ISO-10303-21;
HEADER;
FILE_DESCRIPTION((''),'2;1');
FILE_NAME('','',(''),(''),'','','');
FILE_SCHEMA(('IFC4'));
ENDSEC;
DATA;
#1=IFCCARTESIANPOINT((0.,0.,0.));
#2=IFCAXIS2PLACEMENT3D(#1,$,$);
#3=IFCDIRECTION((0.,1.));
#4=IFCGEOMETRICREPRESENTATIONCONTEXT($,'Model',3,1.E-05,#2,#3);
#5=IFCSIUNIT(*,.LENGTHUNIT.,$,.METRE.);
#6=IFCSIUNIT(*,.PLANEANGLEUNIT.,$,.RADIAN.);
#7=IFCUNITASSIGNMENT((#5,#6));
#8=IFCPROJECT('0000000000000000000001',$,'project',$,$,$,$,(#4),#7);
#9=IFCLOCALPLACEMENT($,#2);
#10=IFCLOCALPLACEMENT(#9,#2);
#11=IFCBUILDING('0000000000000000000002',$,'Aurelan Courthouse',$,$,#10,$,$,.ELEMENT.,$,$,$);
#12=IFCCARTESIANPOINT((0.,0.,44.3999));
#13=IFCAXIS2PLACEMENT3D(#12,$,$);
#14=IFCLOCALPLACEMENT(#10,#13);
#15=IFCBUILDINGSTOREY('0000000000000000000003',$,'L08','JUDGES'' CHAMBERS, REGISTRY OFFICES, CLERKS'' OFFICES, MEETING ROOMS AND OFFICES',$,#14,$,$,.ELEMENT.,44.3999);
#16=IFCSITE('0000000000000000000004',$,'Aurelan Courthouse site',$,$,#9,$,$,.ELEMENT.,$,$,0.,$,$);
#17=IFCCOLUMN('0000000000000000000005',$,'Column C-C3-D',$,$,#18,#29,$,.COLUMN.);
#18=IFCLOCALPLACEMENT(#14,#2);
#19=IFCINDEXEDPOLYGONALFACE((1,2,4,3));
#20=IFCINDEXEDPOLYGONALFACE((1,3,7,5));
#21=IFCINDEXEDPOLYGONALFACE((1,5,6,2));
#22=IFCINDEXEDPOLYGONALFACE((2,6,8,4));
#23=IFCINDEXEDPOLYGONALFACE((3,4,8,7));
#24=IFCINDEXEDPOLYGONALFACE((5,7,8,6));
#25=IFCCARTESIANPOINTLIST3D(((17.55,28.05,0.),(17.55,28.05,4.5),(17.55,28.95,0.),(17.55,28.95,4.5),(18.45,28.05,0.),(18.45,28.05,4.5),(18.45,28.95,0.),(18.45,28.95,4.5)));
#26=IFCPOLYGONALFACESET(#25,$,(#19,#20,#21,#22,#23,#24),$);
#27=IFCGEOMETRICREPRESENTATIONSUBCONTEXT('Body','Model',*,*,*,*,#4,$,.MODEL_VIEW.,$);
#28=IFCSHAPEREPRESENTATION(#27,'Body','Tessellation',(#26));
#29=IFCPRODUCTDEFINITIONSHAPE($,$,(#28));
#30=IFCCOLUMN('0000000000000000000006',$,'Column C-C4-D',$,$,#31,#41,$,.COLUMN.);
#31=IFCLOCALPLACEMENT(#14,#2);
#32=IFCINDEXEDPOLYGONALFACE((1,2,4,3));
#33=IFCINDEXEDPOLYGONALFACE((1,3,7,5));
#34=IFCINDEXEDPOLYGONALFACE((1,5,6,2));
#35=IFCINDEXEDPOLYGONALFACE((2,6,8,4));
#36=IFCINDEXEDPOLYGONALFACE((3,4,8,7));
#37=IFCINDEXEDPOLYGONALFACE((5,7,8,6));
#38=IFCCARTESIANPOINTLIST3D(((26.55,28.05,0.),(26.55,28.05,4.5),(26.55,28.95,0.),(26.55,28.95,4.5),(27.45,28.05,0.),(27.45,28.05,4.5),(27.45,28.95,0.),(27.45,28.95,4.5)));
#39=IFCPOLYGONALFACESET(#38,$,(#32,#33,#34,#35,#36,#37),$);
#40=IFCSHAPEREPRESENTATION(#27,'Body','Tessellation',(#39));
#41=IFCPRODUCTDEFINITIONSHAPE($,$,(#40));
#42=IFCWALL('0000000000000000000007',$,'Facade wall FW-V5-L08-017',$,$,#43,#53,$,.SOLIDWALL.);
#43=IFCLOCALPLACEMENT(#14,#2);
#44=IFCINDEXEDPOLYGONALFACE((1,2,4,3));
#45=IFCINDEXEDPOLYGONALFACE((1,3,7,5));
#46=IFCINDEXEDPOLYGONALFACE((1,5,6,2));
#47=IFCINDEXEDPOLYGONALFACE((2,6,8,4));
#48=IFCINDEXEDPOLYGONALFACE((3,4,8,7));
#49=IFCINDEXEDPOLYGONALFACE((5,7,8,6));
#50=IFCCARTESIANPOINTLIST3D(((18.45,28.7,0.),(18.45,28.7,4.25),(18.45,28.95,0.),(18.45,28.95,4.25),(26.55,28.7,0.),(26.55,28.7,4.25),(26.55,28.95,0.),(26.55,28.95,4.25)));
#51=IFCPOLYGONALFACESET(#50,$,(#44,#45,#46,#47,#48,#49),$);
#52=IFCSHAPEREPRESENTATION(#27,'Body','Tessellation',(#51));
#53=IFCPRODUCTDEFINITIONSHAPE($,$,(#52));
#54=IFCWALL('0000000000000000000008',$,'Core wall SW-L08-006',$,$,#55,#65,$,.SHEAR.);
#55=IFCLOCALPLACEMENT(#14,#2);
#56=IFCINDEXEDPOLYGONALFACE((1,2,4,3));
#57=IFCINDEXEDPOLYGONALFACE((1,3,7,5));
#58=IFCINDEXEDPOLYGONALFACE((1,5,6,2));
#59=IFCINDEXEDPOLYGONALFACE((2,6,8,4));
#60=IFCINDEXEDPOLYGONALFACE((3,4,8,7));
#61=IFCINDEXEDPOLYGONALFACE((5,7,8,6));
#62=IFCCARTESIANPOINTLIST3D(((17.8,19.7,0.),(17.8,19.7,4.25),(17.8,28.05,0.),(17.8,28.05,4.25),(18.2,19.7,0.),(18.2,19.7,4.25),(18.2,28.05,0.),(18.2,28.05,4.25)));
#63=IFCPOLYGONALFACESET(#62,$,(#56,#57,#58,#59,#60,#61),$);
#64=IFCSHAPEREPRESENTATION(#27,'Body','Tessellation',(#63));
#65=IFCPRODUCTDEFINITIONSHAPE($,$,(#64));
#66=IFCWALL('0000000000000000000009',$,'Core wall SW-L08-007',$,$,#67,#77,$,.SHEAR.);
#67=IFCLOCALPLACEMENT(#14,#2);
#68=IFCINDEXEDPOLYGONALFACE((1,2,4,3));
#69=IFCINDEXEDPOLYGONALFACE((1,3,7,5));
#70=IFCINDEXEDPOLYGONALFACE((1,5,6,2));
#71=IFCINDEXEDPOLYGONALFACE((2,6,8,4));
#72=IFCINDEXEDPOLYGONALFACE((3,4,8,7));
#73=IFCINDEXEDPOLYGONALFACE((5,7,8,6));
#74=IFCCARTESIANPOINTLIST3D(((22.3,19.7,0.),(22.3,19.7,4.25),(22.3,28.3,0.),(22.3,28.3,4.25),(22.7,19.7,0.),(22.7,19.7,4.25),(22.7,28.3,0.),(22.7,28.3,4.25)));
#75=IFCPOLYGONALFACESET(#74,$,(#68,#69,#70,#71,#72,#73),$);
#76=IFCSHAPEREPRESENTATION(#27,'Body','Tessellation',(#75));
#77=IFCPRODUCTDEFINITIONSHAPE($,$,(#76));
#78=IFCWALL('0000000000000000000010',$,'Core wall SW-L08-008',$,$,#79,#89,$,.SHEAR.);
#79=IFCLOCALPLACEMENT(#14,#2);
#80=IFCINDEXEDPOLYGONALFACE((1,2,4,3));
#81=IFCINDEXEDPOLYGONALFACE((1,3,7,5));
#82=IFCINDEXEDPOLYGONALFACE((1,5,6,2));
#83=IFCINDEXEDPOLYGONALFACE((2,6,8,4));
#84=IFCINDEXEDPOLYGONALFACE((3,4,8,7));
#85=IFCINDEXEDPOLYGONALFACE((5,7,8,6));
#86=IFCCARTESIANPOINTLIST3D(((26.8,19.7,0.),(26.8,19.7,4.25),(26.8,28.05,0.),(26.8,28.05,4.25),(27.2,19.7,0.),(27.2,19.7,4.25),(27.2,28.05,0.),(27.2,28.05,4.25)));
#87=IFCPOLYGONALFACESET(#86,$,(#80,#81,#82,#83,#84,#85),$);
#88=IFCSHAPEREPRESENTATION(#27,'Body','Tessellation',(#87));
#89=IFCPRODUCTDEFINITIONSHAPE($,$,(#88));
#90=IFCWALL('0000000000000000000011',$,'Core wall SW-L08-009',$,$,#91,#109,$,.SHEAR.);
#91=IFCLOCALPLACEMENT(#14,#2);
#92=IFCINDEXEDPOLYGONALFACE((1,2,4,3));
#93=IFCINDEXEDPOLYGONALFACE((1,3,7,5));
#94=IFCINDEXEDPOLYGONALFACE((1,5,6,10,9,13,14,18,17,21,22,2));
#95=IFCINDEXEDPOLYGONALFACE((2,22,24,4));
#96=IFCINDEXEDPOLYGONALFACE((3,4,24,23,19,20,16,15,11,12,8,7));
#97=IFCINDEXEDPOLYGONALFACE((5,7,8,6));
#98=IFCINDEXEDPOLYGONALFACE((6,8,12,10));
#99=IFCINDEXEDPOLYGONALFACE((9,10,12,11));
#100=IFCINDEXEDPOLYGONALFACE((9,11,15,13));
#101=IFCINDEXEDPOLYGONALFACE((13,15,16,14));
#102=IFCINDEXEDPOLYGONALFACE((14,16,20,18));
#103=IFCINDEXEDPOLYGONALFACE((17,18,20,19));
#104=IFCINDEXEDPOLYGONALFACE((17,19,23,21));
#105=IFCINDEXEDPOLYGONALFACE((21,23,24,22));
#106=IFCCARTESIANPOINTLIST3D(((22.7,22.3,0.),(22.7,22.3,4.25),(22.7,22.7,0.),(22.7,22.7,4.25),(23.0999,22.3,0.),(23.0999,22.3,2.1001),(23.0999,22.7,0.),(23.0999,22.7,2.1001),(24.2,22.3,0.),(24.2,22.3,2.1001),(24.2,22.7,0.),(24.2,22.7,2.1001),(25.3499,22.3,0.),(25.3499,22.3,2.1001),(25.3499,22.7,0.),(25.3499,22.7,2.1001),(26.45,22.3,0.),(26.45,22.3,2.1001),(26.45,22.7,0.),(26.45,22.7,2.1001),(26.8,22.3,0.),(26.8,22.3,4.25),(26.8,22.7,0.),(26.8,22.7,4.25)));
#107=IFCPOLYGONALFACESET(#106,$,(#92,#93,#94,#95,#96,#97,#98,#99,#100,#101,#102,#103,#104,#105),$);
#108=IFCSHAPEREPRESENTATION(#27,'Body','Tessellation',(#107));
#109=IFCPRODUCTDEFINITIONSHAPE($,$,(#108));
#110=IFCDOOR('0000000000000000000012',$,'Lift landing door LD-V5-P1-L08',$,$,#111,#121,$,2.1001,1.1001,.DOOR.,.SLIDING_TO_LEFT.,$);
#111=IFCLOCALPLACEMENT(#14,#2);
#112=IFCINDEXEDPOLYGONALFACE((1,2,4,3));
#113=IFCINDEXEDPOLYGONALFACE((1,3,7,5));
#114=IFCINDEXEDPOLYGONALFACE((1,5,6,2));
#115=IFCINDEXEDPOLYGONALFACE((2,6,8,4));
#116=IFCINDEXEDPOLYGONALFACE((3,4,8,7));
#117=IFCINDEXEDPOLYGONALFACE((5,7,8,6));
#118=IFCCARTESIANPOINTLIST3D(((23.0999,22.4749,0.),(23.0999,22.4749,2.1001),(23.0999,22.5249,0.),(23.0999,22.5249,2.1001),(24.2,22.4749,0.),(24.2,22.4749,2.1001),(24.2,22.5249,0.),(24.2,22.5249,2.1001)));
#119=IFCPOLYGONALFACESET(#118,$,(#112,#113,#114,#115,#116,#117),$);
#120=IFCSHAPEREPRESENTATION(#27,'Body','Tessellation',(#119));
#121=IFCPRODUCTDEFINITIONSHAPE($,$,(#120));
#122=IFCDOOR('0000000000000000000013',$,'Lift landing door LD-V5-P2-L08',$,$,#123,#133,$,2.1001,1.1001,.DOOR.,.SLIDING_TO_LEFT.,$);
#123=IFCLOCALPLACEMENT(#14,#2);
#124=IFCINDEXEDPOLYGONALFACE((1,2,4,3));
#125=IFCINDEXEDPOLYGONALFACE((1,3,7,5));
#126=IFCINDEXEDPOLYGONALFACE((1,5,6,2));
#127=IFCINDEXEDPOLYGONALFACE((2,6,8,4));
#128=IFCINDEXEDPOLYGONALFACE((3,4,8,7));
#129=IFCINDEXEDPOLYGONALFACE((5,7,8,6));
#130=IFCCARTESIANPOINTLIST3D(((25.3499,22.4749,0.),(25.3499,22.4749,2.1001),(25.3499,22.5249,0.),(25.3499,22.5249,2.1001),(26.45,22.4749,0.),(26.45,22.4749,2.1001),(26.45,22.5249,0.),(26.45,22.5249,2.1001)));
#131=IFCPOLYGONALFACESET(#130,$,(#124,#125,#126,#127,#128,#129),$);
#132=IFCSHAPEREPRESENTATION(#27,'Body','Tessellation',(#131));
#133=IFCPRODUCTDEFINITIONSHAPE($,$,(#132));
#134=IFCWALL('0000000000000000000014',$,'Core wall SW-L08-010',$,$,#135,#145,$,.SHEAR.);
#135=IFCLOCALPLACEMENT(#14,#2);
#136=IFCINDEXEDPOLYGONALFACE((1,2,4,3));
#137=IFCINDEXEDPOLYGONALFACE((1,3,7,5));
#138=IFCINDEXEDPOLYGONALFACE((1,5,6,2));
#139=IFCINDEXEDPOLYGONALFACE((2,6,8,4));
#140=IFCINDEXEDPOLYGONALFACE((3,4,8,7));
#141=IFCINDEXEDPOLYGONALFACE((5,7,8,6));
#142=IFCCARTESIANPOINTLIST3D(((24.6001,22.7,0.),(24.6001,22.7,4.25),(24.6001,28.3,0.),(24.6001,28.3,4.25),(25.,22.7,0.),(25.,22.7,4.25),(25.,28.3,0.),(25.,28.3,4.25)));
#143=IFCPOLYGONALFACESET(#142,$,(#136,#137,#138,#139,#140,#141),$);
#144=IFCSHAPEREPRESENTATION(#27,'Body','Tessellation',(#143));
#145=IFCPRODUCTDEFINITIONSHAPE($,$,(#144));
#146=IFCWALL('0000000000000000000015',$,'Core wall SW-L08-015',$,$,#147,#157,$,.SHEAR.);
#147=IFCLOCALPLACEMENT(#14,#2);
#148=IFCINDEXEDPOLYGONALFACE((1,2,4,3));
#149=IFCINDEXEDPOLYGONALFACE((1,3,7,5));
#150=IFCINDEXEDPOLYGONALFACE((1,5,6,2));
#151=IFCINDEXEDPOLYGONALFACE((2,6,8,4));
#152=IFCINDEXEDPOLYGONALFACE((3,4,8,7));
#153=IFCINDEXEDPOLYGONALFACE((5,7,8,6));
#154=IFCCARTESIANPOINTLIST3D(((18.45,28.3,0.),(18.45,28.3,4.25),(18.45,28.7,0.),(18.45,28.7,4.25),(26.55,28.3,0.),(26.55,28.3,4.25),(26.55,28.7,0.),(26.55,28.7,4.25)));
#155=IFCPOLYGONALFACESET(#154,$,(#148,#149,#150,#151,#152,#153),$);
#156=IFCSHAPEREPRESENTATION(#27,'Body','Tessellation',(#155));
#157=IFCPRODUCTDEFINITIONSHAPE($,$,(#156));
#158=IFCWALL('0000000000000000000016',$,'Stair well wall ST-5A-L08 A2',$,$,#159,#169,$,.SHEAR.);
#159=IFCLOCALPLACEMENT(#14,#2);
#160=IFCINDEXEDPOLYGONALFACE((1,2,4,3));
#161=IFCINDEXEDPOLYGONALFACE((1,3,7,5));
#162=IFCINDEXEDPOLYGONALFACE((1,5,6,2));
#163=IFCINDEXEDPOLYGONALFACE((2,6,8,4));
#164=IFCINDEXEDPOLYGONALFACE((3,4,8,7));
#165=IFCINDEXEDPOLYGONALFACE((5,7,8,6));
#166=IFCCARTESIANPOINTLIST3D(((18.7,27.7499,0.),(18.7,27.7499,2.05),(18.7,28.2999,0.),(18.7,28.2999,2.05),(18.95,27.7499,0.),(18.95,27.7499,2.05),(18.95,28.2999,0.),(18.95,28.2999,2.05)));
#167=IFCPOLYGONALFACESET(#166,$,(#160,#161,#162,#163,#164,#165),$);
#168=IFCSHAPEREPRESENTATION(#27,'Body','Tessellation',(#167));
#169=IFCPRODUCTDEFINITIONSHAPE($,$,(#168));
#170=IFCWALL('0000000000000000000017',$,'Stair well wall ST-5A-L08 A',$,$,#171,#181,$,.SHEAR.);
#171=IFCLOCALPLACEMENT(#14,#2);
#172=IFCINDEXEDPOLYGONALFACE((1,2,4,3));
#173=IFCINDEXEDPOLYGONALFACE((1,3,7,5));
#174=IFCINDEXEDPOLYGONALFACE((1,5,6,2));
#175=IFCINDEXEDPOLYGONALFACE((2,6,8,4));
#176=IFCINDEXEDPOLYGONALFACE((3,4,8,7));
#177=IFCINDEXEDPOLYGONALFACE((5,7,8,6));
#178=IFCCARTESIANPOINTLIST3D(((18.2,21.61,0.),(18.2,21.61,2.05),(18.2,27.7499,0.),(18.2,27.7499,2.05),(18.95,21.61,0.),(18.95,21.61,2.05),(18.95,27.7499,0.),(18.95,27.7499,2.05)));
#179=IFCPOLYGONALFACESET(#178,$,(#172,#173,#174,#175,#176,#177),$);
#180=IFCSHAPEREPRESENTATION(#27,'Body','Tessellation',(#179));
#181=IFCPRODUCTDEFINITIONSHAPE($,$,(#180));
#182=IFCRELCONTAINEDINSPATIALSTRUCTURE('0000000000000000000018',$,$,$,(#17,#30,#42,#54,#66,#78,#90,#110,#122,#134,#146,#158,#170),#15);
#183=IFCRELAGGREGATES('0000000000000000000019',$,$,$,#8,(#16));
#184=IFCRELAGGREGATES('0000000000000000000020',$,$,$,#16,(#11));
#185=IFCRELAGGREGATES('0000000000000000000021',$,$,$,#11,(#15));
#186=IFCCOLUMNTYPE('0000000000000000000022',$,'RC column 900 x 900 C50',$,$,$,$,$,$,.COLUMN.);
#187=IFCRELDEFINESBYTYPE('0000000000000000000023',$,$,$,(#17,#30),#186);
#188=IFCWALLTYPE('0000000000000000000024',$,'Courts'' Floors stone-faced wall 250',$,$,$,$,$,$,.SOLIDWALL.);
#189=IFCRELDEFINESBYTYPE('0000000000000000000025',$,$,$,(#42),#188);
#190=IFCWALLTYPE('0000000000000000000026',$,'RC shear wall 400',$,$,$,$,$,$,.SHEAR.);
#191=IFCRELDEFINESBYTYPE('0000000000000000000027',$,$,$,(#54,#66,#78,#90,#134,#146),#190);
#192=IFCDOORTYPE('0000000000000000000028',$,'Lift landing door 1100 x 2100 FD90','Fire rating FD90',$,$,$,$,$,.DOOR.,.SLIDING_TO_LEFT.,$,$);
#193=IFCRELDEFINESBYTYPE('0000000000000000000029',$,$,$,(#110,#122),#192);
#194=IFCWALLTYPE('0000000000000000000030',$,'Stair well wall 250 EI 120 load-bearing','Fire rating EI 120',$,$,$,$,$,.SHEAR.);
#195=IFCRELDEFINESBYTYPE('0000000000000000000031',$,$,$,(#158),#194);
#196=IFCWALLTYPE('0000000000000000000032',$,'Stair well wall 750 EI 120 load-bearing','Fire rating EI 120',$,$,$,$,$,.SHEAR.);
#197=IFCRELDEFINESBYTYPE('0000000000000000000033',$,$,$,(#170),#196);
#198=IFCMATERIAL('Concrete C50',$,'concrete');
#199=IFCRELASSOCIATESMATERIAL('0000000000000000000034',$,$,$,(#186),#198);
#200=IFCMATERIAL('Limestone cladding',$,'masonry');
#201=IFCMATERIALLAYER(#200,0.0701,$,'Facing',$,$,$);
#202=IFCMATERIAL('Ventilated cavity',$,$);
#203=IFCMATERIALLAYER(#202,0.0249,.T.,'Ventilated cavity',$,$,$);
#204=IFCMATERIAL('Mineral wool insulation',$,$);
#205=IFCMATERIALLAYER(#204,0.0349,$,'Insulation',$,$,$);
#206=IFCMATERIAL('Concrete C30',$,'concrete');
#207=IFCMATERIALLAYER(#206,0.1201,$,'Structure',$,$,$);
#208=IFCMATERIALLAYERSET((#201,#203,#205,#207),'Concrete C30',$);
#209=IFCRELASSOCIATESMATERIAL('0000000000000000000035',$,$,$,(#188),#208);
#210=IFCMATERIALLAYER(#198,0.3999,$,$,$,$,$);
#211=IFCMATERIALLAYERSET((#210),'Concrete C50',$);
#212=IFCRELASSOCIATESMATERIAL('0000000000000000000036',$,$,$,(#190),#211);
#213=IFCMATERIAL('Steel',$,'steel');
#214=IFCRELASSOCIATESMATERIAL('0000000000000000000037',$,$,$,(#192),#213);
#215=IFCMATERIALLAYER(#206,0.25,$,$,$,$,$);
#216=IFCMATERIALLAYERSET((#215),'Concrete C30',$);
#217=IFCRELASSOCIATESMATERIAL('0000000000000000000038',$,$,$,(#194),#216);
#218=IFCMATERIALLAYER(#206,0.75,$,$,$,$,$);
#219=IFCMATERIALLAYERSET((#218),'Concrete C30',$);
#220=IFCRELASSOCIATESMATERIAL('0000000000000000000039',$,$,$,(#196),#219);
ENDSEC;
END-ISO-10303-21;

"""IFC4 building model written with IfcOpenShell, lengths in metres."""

from ifc_helpers import new_model, si_unit, direction, frame, frame_2d, origin, origin_2d, place, context, subcontext, project, spatial, rectangle, extrude, material, layer, layer_set, material_profile, profile_set, type_object, element, fill, save


model = new_model("IFC4")

# Units and contexts
model_context = context("Model", 3, precision=1e-05, world=origin(), true_north=direction((0.0, 1.0)))
body_context = subcontext(model_context, "Body", "Model", "MODEL_VIEW")
ifc_project = project(units=[si_unit("LENGTHUNIT", "METRE"), si_unit("PLANEANGLEUNIT", "RADIAN")], contexts=[model_context])

# Site, building, storey
site_placement = place(None, origin())
site = spatial("IfcSite", under=ifc_project, at=site_placement, Name="Aurelan Courthouse site", CompositionType="ELEMENT", RefElevation=0.0)
building_placement = place(site_placement, origin())
building = spatial("IfcBuilding", under=site, at=building_placement, Name="Aurelan Courthouse", CompositionType="ELEMENT")
storey_placement = place(building_placement, frame((0.0, 0.0, 44.3999)))
storey = spatial("IfcBuildingStorey", under=building, at=storey_placement, Name="L08", Description="JUDGES' CHAMBERS, REGISTRY OFFICES, CLERKS' OFFICES, MEETING ROOMS AND OFFICES", CompositionType="ELEMENT", Elevation=44.3999)

# Columns
ifc_material_1 = material(Name="Concrete C50", Category="concrete")
ifc_material_profile = material_profile(ifc_material_1, rectangle(XDim=0.8999, YDim=0.8999, at=origin_2d()), Name="RC 900 x 900")
ifc_profile_set = profile_set([ifc_material_profile], Name="Concrete C50")
column_type = type_object("IfcColumnType", Name="RC column 900 x 900 C50", PredefinedType="COLUMN", material=ifc_profile_set)
for number, where, z_axis, x_axis, name in (
    (1, (18.0, 28.5, 0.0), (0.0, 0.0, 1.0), (1.0, 0.0, 0.0), "Column C-C3-D"),
    (2, (27.0, 28.5, 0.0), (0.0, 0.0, 1.0), (1.0, 0.0, 0.0), "Column C-C4-D"),
):
    element("IfcColumn", number, at=place(storey_placement, frame(where, z_axis=z_axis, x_axis=x_axis)), inside=storey, type_object=column_type, Name=name, PredefinedType="COLUMN", context=body_context, shape_type="SweptSolid", body=[
        extrude(rectangle(XDim=0.8999, YDim=0.8999, at=origin_2d()), origin(), (0.0, 0.0, 1.0), 4.5),
    ])

# Walls
ifc_material_2 = material(Name="Limestone cladding", Category="masonry")
ifc_layer_1 = layer(ifc_material_2, 0.0701, Name="Facing")
ifc_material_3 = material(Name="Ventilated cavity")
ifc_layer_2 = layer(ifc_material_3, 0.0249, ventilated=True, Name="Ventilated cavity")
ifc_material_4 = material(Name="Mineral wool insulation")
ifc_layer_3 = layer(ifc_material_4, 0.0349, Name="Insulation")
ifc_material_5 = material(Name="Concrete C30", Category="concrete")
ifc_layer_4 = layer(ifc_material_5, 0.1201, Name="Structure")
ifc_layer_set_1 = layer_set([ifc_layer_1, ifc_layer_2, ifc_layer_3, ifc_layer_4], Name="Concrete C30")
wall_type_1 = type_object("IfcWallType", Name="Courts' Floors stone-faced wall 250", PredefinedType="SOLIDWALL", material=ifc_layer_set_1)
wall_1_placement = place(storey_placement, frame((18.45, 28.825, 0.0), z_axis=(0.0, 0.0, 1.0), x_axis=(1.0, 0.0, 0.0)))
element("IfcWall", 3, at=wall_1_placement, inside=storey, type_object=wall_type_1, Name="Facade wall FW-V5-L08-017", PredefinedType="SOLIDWALL", context=body_context, shape_type="SweptSolid", body=[
    extrude(rectangle(XDim=8.1001, YDim=0.25, at=frame_2d((4.05, 0.0))), origin(), (0.0, 0.0, 1.0), 4.25),
])
ifc_layer_5 = layer(ifc_material_1, 0.3999)
ifc_layer_set_2 = layer_set([ifc_layer_5], Name="Concrete C50")
wall_type_2 = type_object("IfcWallType", Name="RC shear wall 400", PredefinedType="SHEAR", material=ifc_layer_set_2)
wall_2_placement = place(storey_placement, frame((18.0, 19.7, 0.0), z_axis=(0.0, 0.0, 1.0), x_axis=(0.0, 1.0, 0.0)))
element("IfcWall", 4, at=wall_2_placement, inside=storey, type_object=wall_type_2, Name="Core wall SW-L08-006", PredefinedType="SHEAR", context=body_context, shape_type="SweptSolid", body=[
    extrude(rectangle(XDim=8.3501, YDim=0.3999, at=frame_2d((4.175, 0.0))), origin(), (0.0, 0.0, 1.0), 4.25),
])
wall_3_placement = place(storey_placement, frame((22.5, 19.7, 0.0), z_axis=(0.0, 0.0, 1.0), x_axis=(0.0, 1.0, 0.0)))
element("IfcWall", 5, at=wall_3_placement, inside=storey, type_object=wall_type_2, Name="Core wall SW-L08-007", PredefinedType="SHEAR", context=body_context, shape_type="SweptSolid", body=[
    extrude(rectangle(XDim=8.6001, YDim=0.3999, at=frame_2d((4.3, 0.0))), origin(), (0.0, 0.0, 1.0), 4.25),
])
wall_4_placement = place(storey_placement, frame((27.0, 19.7, 0.0), z_axis=(0.0, 0.0, 1.0), x_axis=(0.0, 1.0, 0.0)))
element("IfcWall", 6, at=wall_4_placement, inside=storey, type_object=wall_type_2, Name="Core wall SW-L08-008", PredefinedType="SHEAR", context=body_context, shape_type="SweptSolid", body=[
    extrude(rectangle(XDim=8.3501, YDim=0.3999, at=frame_2d((4.175, 0.0))), origin(), (0.0, 0.0, 1.0), 4.25),
])

# Wall, openings, doors
wall_5_placement = place(storey_placement, frame((22.7, 22.5, 0.0), z_axis=(0.0, 0.0, 1.0), x_axis=(1.0, 0.0, 0.0)))
wall_5 = element("IfcWall", 7, at=wall_5_placement, inside=storey, type_object=wall_type_2, Name="Core wall SW-L08-009", PredefinedType="SHEAR", context=body_context, shape_type="SweptSolid", body=[
    extrude(rectangle(XDim=4.1001, YDim=0.3999, at=frame_2d((2.05, 0.0))), origin(), (0.0, 0.0, 1.0), 4.25),
])
opening_1_placement = place(wall_5_placement, frame((0.3999, 0.0, 0.0)))
opening_1 = element("IfcOpeningElement", 8, at=opening_1_placement, cuts=wall_5, PredefinedType="OPENING", context=body_context, shape_type="SweptSolid", body=[
    extrude(rectangle(XDim=1.1001, YDim=2.1001, at=frame_2d((0.55, 1.05))), frame((0.0, 0.21, 0.0), z_axis=(0.0, -1.0, 0.0), x_axis=(1.0, 0.0, 0.0)), (0.0, 0.0, 1.0), 0.4199),
])
opening_2_placement = place(wall_5_placement, frame((2.6499, 0.0, 0.0)))
opening_2 = element("IfcOpeningElement", 9, at=opening_2_placement, cuts=wall_5, PredefinedType="OPENING", context=body_context, shape_type="SweptSolid", body=[
    extrude(rectangle(XDim=1.1001, YDim=2.1001, at=frame_2d((0.55, 1.05))), frame((0.0, 0.21, 0.0), z_axis=(0.0, -1.0, 0.0), x_axis=(1.0, 0.0, 0.0)), (0.0, 0.0, 1.0), 0.4199),
])
ifc_material_6 = material(Name="Steel", Category="steel")
door_type = type_object("IfcDoorType", Name="Lift landing door 1100 x 2100 FD90", Description="Fire rating FD90", OperationType="SLIDING_TO_LEFT", PredefinedType="DOOR", material=ifc_material_6)
door_1_placement = place(opening_1_placement, origin())
door_1 = element("IfcDoor", 10, at=door_1_placement, inside=storey, type_object=door_type, Name="Lift landing door LD-V5-P1-L08", OperationType="SLIDING_TO_LEFT", OverallHeight=2.1001, OverallWidth=1.1001, PredefinedType="DOOR", context=body_context, shape_type="SweptSolid", body=[
    extrude(rectangle(XDim=1.1001, YDim=2.1001, at=frame_2d((0.55, 1.05))), frame((0.0, 0.0249, 0.0), z_axis=(0.0, -1.0, 0.0), x_axis=(1.0, 0.0, 0.0)), (0.0, 0.0, 1.0), 0.05),
])
fill(opening_1, door_1)
door_2_placement = place(opening_2_placement, origin())
door_2 = element("IfcDoor", 11, at=door_2_placement, inside=storey, type_object=door_type, Name="Lift landing door LD-V5-P2-L08", OperationType="SLIDING_TO_LEFT", OverallHeight=2.1001, OverallWidth=1.1001, PredefinedType="DOOR", context=body_context, shape_type="SweptSolid", body=[
    extrude(rectangle(XDim=1.1001, YDim=2.1001, at=frame_2d((0.55, 1.05))), frame((0.0, 0.0249, 0.0), z_axis=(0.0, -1.0, 0.0), x_axis=(1.0, 0.0, 0.0)), (0.0, 0.0, 1.0), 0.05),
])
fill(opening_2, door_2)

# Walls
wall_6_placement = place(storey_placement, frame((24.8, 22.7, 0.0), z_axis=(0.0, 0.0, 1.0), x_axis=(0.0, 1.0, 0.0)))
element("IfcWall", 12, at=wall_6_placement, inside=storey, type_object=wall_type_2, Name="Core wall SW-L08-010", PredefinedType="SHEAR", context=body_context, shape_type="SweptSolid", body=[
    extrude(rectangle(XDim=5.6001, YDim=0.3999, at=frame_2d((2.8, 0.0))), origin(), (0.0, 0.0, 1.0), 4.25),
])
wall_7_placement = place(storey_placement, frame((18.45, 28.5, 0.0), z_axis=(0.0, 0.0, 1.0), x_axis=(1.0, 0.0, 0.0)))
element("IfcWall", 13, at=wall_7_placement, inside=storey, type_object=wall_type_2, Name="Core wall SW-L08-015", PredefinedType="SHEAR", context=body_context, shape_type="SweptSolid", body=[
    extrude(rectangle(XDim=8.1001, YDim=0.3999, at=frame_2d((4.05, 0.0))), origin(), (0.0, 0.0, 1.0), 4.25),
])
ifc_layer_6 = layer(ifc_material_5, 0.25)
ifc_layer_set_3 = layer_set([ifc_layer_6], Name="Concrete C30")
wall_type_3 = type_object("IfcWallType", Name="Stair well wall 250 EI 120 load-bearing", Description="Fire rating EI 120", PredefinedType="SHEAR", material=ifc_layer_set_3)
wall_8_placement = place(storey_placement, frame((18.825, 27.75, 0.0), z_axis=(0.0, 0.0, 1.0), x_axis=(0.0, 1.0, 0.0)))
element("IfcWall", 14, at=wall_8_placement, inside=storey, type_object=wall_type_3, Name="Stair well wall ST-5A-L08 A2", PredefinedType="SHEAR", context=body_context, shape_type="SweptSolid", body=[
    extrude(rectangle(XDim=0.55, YDim=0.25, at=frame_2d((0.2749, 0.0))), origin(), (0.0, 0.0, 1.0), 2.05),
])
ifc_layer_7 = layer(ifc_material_5, 0.75)
ifc_layer_set_4 = layer_set([ifc_layer_7], Name="Concrete C30")
wall_type_4 = type_object("IfcWallType", Name="Stair well wall 750 EI 120 load-bearing", Description="Fire rating EI 120", PredefinedType="SHEAR", material=ifc_layer_set_4)
wall_9_placement = place(storey_placement, frame((18.575, 21.6101, 0.0), z_axis=(0.0, 0.0, 1.0), x_axis=(0.0, 1.0, 0.0)))
element("IfcWall", 15, at=wall_9_placement, inside=storey, type_object=wall_type_4, Name="Stair well wall ST-5A-L08 A", PredefinedType="SHEAR", context=body_context, shape_type="SweptSolid", body=[
    extrude(rectangle(XDim=6.1399, YDim=0.75, at=frame_2d((3.0698, 0.0))), origin(), (0.0, 0.0, 1.0), 2.05),
])

save(model, "model.ifc")
